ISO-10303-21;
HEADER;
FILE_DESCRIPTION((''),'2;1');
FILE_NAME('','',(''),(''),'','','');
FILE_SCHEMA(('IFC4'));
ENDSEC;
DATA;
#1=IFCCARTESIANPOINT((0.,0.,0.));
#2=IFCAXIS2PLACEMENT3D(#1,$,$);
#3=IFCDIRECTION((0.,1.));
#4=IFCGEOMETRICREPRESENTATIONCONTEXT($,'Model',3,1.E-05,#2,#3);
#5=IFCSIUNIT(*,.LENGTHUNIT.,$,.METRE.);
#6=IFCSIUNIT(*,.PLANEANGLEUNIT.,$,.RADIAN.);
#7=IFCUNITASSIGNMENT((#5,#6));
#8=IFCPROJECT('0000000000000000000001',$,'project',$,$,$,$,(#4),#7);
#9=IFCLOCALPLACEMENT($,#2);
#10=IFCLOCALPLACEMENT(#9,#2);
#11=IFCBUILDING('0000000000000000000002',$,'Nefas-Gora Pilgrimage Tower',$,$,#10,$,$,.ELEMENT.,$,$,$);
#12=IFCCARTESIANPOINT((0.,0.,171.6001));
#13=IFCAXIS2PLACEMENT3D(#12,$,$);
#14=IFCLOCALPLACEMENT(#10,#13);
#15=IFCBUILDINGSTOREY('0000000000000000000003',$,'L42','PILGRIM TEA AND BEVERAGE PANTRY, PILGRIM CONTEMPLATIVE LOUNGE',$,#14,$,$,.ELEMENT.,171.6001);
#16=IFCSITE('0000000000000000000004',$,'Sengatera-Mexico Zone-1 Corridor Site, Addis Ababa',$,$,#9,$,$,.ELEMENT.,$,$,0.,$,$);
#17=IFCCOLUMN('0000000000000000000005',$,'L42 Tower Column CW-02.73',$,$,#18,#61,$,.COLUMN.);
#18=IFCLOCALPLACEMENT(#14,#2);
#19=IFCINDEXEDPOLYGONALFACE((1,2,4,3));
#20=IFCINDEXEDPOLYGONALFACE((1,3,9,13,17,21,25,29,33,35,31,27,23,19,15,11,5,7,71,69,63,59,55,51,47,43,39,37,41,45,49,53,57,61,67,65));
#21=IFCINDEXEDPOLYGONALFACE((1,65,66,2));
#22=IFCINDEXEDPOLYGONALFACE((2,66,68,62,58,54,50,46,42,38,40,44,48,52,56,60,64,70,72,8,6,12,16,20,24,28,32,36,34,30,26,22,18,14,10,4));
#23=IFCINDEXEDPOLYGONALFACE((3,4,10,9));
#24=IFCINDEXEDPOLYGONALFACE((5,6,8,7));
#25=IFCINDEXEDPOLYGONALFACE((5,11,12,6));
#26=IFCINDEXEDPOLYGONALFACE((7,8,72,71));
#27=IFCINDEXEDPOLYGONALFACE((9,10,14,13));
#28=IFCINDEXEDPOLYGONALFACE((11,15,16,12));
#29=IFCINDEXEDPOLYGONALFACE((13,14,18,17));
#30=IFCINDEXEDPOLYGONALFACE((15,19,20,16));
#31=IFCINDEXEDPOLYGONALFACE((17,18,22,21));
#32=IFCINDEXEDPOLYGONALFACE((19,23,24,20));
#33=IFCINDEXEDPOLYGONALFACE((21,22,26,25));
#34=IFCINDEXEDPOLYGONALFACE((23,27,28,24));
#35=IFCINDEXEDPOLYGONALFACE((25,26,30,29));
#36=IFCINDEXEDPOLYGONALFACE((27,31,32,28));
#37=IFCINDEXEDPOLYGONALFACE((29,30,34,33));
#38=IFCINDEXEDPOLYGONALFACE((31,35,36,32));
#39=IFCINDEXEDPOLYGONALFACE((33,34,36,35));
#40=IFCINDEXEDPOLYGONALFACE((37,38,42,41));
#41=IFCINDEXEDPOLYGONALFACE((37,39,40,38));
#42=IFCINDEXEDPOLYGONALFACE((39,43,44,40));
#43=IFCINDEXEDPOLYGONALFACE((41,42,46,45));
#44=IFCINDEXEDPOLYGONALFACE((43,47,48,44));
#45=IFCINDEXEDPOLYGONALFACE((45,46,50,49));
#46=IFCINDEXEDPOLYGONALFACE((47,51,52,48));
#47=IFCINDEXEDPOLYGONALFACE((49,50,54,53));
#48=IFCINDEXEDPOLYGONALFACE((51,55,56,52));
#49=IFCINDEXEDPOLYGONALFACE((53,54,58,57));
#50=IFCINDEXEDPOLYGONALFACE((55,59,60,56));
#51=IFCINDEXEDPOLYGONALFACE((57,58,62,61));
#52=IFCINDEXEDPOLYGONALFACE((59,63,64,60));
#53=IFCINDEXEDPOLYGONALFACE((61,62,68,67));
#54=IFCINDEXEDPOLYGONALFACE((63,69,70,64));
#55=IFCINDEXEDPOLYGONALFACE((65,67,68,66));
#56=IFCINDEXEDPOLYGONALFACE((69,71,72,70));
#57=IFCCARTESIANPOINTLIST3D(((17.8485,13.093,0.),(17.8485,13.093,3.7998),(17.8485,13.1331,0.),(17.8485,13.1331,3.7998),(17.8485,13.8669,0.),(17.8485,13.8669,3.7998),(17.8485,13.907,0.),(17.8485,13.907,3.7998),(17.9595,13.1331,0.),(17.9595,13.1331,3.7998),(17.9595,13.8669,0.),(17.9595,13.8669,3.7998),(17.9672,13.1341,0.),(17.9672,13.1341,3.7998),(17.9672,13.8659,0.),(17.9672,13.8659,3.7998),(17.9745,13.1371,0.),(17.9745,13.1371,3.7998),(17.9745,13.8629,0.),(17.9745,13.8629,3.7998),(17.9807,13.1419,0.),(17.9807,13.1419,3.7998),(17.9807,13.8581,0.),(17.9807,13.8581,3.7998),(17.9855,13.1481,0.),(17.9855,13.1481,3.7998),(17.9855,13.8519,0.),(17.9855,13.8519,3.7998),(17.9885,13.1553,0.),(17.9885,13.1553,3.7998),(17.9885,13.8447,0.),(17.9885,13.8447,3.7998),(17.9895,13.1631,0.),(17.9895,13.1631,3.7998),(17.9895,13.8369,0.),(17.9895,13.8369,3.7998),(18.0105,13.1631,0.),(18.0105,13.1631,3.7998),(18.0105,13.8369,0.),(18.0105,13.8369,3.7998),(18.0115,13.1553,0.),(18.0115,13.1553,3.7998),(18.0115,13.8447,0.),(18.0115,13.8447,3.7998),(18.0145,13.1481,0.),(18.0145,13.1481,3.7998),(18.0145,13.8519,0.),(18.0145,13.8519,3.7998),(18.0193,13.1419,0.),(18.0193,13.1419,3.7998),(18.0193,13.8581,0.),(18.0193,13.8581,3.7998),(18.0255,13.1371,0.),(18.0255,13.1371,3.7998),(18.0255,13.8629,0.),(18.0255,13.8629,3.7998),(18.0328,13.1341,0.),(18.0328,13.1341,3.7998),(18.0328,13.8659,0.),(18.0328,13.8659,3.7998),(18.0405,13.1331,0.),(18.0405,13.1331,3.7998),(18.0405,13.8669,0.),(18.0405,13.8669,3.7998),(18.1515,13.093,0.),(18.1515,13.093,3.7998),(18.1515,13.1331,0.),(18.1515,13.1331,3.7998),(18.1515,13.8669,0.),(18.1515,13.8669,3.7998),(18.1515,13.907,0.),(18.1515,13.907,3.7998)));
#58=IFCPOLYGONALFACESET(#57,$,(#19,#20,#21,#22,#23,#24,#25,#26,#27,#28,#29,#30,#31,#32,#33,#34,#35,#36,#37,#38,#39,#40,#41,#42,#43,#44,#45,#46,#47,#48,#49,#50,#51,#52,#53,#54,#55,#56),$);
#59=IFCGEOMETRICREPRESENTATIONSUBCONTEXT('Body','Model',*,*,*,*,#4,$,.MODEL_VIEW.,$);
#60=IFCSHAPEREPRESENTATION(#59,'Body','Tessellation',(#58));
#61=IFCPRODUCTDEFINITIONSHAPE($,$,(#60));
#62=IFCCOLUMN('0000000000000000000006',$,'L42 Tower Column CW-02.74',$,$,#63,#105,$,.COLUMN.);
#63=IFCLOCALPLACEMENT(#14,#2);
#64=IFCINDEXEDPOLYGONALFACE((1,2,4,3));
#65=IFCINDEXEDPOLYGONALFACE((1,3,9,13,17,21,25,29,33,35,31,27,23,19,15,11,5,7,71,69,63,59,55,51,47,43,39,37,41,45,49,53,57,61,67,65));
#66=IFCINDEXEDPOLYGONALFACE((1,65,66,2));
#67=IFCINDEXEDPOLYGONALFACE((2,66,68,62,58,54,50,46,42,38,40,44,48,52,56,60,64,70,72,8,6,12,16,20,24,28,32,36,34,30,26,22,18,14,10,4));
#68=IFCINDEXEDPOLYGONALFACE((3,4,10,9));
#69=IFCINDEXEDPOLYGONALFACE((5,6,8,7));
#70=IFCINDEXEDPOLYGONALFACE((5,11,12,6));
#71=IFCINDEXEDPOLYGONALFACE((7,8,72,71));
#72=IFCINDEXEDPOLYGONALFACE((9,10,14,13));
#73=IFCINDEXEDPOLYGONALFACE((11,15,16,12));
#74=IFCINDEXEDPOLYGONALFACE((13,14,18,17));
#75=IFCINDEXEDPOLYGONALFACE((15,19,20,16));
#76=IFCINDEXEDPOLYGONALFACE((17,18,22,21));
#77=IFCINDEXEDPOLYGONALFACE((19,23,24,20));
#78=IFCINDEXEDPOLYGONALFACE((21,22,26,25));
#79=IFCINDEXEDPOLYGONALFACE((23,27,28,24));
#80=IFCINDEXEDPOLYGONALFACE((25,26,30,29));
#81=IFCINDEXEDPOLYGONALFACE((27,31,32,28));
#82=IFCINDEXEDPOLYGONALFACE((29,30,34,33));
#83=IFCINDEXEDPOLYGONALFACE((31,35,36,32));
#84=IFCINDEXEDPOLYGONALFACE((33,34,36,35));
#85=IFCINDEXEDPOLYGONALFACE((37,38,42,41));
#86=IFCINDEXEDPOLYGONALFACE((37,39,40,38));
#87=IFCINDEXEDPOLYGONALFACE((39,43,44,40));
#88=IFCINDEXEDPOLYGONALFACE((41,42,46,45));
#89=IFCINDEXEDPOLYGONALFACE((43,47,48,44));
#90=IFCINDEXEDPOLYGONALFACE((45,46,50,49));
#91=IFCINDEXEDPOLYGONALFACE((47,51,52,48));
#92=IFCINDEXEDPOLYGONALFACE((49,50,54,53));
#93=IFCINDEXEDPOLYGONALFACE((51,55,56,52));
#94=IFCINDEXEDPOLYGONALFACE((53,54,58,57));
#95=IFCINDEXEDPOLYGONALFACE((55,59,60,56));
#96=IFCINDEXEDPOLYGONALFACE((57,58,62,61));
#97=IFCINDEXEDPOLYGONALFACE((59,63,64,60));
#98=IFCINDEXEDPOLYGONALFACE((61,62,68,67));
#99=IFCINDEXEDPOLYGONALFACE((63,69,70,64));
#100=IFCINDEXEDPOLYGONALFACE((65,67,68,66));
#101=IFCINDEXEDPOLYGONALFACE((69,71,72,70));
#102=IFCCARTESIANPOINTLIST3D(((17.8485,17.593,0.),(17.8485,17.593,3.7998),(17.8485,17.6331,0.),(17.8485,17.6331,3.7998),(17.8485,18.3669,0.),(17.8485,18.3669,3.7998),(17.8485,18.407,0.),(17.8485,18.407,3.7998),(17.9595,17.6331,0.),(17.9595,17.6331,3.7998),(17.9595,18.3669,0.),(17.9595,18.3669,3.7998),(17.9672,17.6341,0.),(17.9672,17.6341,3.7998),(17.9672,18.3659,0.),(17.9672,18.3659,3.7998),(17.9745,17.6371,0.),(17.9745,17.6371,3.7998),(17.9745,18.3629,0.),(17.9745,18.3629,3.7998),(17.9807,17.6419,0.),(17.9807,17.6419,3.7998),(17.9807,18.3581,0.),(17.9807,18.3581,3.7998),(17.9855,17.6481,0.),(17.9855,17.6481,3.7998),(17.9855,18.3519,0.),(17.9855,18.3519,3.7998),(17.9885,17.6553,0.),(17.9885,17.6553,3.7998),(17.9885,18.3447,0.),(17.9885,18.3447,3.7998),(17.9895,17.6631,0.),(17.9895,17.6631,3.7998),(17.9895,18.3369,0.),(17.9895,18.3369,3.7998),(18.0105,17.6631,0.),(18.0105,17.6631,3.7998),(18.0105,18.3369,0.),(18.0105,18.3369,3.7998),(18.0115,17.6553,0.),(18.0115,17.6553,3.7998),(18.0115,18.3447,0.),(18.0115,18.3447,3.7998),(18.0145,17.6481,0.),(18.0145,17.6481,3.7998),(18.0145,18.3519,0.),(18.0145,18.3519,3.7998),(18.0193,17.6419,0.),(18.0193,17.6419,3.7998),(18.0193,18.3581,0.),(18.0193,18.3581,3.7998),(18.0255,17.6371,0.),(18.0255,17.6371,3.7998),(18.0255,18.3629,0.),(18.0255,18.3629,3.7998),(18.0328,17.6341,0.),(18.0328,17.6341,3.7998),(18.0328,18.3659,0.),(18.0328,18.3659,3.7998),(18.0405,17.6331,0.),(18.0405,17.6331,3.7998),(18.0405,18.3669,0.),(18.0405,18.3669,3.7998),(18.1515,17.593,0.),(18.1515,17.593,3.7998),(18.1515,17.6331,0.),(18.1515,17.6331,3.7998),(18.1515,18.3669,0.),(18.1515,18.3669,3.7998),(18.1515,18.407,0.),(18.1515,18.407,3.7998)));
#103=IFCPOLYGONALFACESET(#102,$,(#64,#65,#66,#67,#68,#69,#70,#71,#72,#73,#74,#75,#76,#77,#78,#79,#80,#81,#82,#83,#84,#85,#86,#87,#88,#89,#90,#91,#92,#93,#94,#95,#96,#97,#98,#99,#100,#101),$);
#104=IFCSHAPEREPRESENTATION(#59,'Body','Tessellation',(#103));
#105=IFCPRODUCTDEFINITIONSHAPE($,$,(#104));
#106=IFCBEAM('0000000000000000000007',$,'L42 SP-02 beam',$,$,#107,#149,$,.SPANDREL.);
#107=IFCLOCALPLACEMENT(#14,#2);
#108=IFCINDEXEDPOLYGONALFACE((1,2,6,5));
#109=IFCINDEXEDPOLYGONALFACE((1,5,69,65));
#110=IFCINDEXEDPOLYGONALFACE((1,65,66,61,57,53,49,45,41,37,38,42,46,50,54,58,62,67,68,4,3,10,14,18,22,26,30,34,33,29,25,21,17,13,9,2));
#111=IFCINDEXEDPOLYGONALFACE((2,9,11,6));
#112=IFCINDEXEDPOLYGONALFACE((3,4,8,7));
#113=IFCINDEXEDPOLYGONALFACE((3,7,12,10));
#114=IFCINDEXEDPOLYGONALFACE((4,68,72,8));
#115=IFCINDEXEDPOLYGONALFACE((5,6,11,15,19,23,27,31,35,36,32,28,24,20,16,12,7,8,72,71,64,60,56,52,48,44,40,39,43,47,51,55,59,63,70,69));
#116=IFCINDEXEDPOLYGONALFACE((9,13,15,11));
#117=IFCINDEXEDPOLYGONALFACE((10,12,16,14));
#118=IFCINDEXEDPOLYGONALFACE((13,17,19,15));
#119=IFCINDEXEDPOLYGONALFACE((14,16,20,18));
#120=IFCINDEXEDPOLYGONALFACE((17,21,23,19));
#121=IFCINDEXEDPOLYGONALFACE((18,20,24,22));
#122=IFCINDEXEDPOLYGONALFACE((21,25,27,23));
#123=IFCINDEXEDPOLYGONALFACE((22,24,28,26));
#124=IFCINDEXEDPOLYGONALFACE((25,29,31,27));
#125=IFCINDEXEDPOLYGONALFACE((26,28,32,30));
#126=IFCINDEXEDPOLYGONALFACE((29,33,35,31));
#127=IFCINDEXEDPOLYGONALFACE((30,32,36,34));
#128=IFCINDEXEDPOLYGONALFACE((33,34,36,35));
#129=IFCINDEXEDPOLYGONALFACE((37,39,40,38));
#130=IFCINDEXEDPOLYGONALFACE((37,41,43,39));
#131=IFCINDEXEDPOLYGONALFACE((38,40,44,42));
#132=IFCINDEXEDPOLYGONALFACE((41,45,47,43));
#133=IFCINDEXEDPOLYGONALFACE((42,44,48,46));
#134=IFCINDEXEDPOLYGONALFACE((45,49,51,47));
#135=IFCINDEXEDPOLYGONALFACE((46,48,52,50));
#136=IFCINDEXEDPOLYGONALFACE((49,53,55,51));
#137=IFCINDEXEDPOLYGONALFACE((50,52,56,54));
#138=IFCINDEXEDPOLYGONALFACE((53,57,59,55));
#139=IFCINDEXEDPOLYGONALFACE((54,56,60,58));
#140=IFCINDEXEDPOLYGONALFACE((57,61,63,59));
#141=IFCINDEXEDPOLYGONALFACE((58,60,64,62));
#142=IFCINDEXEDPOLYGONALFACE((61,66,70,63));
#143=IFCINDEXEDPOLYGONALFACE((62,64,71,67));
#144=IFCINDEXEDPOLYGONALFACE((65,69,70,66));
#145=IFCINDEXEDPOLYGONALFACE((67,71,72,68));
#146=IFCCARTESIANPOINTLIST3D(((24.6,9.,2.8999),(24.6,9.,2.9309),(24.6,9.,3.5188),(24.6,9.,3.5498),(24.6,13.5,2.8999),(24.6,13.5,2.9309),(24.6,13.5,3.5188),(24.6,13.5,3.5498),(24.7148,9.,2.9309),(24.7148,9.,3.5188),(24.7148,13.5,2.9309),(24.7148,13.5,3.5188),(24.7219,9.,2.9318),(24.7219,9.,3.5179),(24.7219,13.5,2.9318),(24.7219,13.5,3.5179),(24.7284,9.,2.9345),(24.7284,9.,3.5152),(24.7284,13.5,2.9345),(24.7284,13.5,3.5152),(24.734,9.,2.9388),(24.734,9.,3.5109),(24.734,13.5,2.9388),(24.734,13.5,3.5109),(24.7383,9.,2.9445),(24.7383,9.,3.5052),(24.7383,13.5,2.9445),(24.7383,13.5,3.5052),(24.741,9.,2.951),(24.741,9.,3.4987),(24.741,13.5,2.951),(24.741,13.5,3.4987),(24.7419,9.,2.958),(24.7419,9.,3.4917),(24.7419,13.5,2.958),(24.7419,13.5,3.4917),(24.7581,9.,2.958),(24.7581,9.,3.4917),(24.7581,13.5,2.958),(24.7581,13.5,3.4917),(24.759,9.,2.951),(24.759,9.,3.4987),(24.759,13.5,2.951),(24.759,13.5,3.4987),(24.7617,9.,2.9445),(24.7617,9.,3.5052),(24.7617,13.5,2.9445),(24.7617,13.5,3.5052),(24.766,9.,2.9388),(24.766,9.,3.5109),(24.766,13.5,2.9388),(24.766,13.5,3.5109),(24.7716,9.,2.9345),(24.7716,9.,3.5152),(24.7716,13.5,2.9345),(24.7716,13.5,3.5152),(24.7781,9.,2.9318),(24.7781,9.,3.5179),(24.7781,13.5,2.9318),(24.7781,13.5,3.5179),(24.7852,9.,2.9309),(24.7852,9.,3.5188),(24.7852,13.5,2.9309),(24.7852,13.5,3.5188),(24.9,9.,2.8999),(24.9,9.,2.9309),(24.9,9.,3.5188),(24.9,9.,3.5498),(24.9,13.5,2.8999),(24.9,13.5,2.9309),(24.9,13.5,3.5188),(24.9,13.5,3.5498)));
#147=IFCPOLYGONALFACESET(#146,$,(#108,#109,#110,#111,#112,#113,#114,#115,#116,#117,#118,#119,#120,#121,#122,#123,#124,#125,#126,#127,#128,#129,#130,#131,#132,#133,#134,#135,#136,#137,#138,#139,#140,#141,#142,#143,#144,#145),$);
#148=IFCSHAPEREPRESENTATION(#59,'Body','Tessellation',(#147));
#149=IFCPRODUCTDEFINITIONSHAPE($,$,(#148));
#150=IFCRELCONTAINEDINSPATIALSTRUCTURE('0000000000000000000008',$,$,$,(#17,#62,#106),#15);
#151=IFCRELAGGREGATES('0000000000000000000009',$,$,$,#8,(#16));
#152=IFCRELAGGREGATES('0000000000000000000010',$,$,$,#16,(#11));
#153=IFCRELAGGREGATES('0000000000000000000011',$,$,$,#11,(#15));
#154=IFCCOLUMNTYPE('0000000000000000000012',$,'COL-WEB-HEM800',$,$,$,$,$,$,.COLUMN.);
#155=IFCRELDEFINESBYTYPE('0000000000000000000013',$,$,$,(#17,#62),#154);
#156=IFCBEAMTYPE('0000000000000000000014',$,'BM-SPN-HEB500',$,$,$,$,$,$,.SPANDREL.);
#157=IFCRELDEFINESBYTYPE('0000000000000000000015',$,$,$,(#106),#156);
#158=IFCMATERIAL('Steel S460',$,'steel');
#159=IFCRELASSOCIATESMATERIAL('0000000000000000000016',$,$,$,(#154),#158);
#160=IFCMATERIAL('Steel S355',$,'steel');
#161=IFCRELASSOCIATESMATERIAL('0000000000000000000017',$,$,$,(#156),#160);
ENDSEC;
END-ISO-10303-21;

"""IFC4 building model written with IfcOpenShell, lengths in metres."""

from ifc_helpers import new_model, si_unit, direction, frame, origin, origin_2d, place, context, subcontext, project, spatial, i_section, extrude, source, transform, mapped, material, material_profile, profile_set, type_object, element, save


model = new_model("IFC4")

# Units and contexts
model_context = context("Model", 3, precision=1e-05, world=origin(), true_north=direction((0.0, 1.0)))
body_context = subcontext(model_context, "Body", "Model", "MODEL_VIEW")
ifc_project = project(units=[si_unit("LENGTHUNIT", "METRE"), si_unit("PLANEANGLEUNIT", "RADIAN")], contexts=[model_context])

# Site, building, storey
site_placement = place(None, origin())
site = spatial("IfcSite", under=ifc_project, at=site_placement, Name="Sengatera-Mexico Zone-1 Corridor Site, Addis Ababa", CompositionType="ELEMENT", RefElevation=0.0)
building_placement = place(site_placement, origin())
building = spatial("IfcBuilding", under=site, at=building_placement, Name="Nefas-Gora Pilgrimage Tower", CompositionType="ELEMENT")
storey_placement = place(building_placement, frame((0.0, 0.0, 171.6001)))
storey = spatial("IfcBuildingStorey", under=building, at=storey_placement, Name="L42", Description="PILGRIM TEA AND BEVERAGE PANTRY, PILGRIM CONTEMPLATIVE LOUNGE", CompositionType="ELEMENT", Elevation=171.6001)

# Columns
ifc_material_1 = material(Name="Steel S460", Category="steel")
ifc_material_profile_1 = material_profile(ifc_material_1, i_section(OverallWidth=0.303, OverallDepth=0.814, WebThickness=0.021, FlangeThickness=0.04, FilletRadius=0.03, at=origin_2d()), Name="HEM 800")
ifc_profile_set_1 = profile_set([ifc_material_profile_1], Name="Steel S460")
column_type_1 = type_object("IfcColumnType", Name="COL-WEB-HEM800", PredefinedType="COLUMN", material=ifc_profile_set_1)
shared_shape_1 = source(origin(), body_context, "Body", "SweptSolid", [
    extrude(i_section(OverallWidth=0.303, OverallDepth=0.814, WebThickness=0.021, FlangeThickness=0.04, FilletRadius=0.03, at=origin_2d()), origin(), (0.0, 0.0, 1.0), 3.7998),
])
for number, where, z_axis, x_axis, name in (
    (1, (18.0, 13.5, 0.0), (0.0, 0.0, 1.0), (1.0, 0.0, 0.0), "L42 Tower Column CW-02.73"),
    (2, (18.0, 18.0, 0.0), (0.0, 0.0, 1.0), (1.0, 0.0, 0.0), "L42 Tower Column CW-02.74"),
):
    element("IfcColumn", number, at=place(storey_placement, frame(where, z_axis=z_axis, x_axis=x_axis)), inside=storey, type_object=column_type_1, Name=name, PredefinedType="COLUMN", context=body_context, shape_type="MappedRepresentation", body=[
        mapped(shared_shape_1, transform((0.0, 0.0, 0.0), x_axis=(1.0, 0.0, 0.0), y_axis=(0.0, 1.0, 0.0), z_axis=(0.0, 0.0, 1.0), scale=1.0)),
    ])

# Beam
ifc_material_2 = material(Name="Steel S355", Category="steel")
ifc_material_profile_2 = material_profile(ifc_material_2, i_section(OverallWidth=0.3, OverallDepth=0.6499, WebThickness=0.0161, FlangeThickness=0.031, FilletRadius=0.0271, at=origin_2d()), Name="HEB 650")
ifc_profile_set_2 = profile_set([ifc_material_profile_2], Name="Steel S355")
beam_type_1 = type_object("IfcBeamType", Name="BM-SPN-HEB500", PredefinedType="SPANDREL", material=ifc_profile_set_2)
shared_shape_2 = source(origin(), body_context, "Body", "SweptSolid", [
    extrude(i_section(OverallWidth=0.3, OverallDepth=0.6499, WebThickness=0.0161, FlangeThickness=0.031, FilletRadius=0.0271, at=origin_2d()), origin(), (0.0, 0.0, 1.0), 4.5),
])
beam_1_placement = place(storey_placement, frame((24.75, 9.0, 3.2249), z_axis=(0.0, 1.0, 0.0), x_axis=(-1.0, 0.0, 0.0)))
element("IfcBeam", 3, at=beam_1_placement, inside=storey, type_object=beam_type_1, Name="L42 SP-02 beam", PredefinedType="SPANDREL", context=body_context, shape_type="MappedRepresentation", body=[
    mapped(shared_shape_2, transform((0.0, 0.0, 0.0), x_axis=(1.0, 0.0, 0.0), y_axis=(0.0, 1.0, 0.0), z_axis=(0.0, 0.0, 1.0), scale=1.0)),
])

save(model, "model.ifc")
